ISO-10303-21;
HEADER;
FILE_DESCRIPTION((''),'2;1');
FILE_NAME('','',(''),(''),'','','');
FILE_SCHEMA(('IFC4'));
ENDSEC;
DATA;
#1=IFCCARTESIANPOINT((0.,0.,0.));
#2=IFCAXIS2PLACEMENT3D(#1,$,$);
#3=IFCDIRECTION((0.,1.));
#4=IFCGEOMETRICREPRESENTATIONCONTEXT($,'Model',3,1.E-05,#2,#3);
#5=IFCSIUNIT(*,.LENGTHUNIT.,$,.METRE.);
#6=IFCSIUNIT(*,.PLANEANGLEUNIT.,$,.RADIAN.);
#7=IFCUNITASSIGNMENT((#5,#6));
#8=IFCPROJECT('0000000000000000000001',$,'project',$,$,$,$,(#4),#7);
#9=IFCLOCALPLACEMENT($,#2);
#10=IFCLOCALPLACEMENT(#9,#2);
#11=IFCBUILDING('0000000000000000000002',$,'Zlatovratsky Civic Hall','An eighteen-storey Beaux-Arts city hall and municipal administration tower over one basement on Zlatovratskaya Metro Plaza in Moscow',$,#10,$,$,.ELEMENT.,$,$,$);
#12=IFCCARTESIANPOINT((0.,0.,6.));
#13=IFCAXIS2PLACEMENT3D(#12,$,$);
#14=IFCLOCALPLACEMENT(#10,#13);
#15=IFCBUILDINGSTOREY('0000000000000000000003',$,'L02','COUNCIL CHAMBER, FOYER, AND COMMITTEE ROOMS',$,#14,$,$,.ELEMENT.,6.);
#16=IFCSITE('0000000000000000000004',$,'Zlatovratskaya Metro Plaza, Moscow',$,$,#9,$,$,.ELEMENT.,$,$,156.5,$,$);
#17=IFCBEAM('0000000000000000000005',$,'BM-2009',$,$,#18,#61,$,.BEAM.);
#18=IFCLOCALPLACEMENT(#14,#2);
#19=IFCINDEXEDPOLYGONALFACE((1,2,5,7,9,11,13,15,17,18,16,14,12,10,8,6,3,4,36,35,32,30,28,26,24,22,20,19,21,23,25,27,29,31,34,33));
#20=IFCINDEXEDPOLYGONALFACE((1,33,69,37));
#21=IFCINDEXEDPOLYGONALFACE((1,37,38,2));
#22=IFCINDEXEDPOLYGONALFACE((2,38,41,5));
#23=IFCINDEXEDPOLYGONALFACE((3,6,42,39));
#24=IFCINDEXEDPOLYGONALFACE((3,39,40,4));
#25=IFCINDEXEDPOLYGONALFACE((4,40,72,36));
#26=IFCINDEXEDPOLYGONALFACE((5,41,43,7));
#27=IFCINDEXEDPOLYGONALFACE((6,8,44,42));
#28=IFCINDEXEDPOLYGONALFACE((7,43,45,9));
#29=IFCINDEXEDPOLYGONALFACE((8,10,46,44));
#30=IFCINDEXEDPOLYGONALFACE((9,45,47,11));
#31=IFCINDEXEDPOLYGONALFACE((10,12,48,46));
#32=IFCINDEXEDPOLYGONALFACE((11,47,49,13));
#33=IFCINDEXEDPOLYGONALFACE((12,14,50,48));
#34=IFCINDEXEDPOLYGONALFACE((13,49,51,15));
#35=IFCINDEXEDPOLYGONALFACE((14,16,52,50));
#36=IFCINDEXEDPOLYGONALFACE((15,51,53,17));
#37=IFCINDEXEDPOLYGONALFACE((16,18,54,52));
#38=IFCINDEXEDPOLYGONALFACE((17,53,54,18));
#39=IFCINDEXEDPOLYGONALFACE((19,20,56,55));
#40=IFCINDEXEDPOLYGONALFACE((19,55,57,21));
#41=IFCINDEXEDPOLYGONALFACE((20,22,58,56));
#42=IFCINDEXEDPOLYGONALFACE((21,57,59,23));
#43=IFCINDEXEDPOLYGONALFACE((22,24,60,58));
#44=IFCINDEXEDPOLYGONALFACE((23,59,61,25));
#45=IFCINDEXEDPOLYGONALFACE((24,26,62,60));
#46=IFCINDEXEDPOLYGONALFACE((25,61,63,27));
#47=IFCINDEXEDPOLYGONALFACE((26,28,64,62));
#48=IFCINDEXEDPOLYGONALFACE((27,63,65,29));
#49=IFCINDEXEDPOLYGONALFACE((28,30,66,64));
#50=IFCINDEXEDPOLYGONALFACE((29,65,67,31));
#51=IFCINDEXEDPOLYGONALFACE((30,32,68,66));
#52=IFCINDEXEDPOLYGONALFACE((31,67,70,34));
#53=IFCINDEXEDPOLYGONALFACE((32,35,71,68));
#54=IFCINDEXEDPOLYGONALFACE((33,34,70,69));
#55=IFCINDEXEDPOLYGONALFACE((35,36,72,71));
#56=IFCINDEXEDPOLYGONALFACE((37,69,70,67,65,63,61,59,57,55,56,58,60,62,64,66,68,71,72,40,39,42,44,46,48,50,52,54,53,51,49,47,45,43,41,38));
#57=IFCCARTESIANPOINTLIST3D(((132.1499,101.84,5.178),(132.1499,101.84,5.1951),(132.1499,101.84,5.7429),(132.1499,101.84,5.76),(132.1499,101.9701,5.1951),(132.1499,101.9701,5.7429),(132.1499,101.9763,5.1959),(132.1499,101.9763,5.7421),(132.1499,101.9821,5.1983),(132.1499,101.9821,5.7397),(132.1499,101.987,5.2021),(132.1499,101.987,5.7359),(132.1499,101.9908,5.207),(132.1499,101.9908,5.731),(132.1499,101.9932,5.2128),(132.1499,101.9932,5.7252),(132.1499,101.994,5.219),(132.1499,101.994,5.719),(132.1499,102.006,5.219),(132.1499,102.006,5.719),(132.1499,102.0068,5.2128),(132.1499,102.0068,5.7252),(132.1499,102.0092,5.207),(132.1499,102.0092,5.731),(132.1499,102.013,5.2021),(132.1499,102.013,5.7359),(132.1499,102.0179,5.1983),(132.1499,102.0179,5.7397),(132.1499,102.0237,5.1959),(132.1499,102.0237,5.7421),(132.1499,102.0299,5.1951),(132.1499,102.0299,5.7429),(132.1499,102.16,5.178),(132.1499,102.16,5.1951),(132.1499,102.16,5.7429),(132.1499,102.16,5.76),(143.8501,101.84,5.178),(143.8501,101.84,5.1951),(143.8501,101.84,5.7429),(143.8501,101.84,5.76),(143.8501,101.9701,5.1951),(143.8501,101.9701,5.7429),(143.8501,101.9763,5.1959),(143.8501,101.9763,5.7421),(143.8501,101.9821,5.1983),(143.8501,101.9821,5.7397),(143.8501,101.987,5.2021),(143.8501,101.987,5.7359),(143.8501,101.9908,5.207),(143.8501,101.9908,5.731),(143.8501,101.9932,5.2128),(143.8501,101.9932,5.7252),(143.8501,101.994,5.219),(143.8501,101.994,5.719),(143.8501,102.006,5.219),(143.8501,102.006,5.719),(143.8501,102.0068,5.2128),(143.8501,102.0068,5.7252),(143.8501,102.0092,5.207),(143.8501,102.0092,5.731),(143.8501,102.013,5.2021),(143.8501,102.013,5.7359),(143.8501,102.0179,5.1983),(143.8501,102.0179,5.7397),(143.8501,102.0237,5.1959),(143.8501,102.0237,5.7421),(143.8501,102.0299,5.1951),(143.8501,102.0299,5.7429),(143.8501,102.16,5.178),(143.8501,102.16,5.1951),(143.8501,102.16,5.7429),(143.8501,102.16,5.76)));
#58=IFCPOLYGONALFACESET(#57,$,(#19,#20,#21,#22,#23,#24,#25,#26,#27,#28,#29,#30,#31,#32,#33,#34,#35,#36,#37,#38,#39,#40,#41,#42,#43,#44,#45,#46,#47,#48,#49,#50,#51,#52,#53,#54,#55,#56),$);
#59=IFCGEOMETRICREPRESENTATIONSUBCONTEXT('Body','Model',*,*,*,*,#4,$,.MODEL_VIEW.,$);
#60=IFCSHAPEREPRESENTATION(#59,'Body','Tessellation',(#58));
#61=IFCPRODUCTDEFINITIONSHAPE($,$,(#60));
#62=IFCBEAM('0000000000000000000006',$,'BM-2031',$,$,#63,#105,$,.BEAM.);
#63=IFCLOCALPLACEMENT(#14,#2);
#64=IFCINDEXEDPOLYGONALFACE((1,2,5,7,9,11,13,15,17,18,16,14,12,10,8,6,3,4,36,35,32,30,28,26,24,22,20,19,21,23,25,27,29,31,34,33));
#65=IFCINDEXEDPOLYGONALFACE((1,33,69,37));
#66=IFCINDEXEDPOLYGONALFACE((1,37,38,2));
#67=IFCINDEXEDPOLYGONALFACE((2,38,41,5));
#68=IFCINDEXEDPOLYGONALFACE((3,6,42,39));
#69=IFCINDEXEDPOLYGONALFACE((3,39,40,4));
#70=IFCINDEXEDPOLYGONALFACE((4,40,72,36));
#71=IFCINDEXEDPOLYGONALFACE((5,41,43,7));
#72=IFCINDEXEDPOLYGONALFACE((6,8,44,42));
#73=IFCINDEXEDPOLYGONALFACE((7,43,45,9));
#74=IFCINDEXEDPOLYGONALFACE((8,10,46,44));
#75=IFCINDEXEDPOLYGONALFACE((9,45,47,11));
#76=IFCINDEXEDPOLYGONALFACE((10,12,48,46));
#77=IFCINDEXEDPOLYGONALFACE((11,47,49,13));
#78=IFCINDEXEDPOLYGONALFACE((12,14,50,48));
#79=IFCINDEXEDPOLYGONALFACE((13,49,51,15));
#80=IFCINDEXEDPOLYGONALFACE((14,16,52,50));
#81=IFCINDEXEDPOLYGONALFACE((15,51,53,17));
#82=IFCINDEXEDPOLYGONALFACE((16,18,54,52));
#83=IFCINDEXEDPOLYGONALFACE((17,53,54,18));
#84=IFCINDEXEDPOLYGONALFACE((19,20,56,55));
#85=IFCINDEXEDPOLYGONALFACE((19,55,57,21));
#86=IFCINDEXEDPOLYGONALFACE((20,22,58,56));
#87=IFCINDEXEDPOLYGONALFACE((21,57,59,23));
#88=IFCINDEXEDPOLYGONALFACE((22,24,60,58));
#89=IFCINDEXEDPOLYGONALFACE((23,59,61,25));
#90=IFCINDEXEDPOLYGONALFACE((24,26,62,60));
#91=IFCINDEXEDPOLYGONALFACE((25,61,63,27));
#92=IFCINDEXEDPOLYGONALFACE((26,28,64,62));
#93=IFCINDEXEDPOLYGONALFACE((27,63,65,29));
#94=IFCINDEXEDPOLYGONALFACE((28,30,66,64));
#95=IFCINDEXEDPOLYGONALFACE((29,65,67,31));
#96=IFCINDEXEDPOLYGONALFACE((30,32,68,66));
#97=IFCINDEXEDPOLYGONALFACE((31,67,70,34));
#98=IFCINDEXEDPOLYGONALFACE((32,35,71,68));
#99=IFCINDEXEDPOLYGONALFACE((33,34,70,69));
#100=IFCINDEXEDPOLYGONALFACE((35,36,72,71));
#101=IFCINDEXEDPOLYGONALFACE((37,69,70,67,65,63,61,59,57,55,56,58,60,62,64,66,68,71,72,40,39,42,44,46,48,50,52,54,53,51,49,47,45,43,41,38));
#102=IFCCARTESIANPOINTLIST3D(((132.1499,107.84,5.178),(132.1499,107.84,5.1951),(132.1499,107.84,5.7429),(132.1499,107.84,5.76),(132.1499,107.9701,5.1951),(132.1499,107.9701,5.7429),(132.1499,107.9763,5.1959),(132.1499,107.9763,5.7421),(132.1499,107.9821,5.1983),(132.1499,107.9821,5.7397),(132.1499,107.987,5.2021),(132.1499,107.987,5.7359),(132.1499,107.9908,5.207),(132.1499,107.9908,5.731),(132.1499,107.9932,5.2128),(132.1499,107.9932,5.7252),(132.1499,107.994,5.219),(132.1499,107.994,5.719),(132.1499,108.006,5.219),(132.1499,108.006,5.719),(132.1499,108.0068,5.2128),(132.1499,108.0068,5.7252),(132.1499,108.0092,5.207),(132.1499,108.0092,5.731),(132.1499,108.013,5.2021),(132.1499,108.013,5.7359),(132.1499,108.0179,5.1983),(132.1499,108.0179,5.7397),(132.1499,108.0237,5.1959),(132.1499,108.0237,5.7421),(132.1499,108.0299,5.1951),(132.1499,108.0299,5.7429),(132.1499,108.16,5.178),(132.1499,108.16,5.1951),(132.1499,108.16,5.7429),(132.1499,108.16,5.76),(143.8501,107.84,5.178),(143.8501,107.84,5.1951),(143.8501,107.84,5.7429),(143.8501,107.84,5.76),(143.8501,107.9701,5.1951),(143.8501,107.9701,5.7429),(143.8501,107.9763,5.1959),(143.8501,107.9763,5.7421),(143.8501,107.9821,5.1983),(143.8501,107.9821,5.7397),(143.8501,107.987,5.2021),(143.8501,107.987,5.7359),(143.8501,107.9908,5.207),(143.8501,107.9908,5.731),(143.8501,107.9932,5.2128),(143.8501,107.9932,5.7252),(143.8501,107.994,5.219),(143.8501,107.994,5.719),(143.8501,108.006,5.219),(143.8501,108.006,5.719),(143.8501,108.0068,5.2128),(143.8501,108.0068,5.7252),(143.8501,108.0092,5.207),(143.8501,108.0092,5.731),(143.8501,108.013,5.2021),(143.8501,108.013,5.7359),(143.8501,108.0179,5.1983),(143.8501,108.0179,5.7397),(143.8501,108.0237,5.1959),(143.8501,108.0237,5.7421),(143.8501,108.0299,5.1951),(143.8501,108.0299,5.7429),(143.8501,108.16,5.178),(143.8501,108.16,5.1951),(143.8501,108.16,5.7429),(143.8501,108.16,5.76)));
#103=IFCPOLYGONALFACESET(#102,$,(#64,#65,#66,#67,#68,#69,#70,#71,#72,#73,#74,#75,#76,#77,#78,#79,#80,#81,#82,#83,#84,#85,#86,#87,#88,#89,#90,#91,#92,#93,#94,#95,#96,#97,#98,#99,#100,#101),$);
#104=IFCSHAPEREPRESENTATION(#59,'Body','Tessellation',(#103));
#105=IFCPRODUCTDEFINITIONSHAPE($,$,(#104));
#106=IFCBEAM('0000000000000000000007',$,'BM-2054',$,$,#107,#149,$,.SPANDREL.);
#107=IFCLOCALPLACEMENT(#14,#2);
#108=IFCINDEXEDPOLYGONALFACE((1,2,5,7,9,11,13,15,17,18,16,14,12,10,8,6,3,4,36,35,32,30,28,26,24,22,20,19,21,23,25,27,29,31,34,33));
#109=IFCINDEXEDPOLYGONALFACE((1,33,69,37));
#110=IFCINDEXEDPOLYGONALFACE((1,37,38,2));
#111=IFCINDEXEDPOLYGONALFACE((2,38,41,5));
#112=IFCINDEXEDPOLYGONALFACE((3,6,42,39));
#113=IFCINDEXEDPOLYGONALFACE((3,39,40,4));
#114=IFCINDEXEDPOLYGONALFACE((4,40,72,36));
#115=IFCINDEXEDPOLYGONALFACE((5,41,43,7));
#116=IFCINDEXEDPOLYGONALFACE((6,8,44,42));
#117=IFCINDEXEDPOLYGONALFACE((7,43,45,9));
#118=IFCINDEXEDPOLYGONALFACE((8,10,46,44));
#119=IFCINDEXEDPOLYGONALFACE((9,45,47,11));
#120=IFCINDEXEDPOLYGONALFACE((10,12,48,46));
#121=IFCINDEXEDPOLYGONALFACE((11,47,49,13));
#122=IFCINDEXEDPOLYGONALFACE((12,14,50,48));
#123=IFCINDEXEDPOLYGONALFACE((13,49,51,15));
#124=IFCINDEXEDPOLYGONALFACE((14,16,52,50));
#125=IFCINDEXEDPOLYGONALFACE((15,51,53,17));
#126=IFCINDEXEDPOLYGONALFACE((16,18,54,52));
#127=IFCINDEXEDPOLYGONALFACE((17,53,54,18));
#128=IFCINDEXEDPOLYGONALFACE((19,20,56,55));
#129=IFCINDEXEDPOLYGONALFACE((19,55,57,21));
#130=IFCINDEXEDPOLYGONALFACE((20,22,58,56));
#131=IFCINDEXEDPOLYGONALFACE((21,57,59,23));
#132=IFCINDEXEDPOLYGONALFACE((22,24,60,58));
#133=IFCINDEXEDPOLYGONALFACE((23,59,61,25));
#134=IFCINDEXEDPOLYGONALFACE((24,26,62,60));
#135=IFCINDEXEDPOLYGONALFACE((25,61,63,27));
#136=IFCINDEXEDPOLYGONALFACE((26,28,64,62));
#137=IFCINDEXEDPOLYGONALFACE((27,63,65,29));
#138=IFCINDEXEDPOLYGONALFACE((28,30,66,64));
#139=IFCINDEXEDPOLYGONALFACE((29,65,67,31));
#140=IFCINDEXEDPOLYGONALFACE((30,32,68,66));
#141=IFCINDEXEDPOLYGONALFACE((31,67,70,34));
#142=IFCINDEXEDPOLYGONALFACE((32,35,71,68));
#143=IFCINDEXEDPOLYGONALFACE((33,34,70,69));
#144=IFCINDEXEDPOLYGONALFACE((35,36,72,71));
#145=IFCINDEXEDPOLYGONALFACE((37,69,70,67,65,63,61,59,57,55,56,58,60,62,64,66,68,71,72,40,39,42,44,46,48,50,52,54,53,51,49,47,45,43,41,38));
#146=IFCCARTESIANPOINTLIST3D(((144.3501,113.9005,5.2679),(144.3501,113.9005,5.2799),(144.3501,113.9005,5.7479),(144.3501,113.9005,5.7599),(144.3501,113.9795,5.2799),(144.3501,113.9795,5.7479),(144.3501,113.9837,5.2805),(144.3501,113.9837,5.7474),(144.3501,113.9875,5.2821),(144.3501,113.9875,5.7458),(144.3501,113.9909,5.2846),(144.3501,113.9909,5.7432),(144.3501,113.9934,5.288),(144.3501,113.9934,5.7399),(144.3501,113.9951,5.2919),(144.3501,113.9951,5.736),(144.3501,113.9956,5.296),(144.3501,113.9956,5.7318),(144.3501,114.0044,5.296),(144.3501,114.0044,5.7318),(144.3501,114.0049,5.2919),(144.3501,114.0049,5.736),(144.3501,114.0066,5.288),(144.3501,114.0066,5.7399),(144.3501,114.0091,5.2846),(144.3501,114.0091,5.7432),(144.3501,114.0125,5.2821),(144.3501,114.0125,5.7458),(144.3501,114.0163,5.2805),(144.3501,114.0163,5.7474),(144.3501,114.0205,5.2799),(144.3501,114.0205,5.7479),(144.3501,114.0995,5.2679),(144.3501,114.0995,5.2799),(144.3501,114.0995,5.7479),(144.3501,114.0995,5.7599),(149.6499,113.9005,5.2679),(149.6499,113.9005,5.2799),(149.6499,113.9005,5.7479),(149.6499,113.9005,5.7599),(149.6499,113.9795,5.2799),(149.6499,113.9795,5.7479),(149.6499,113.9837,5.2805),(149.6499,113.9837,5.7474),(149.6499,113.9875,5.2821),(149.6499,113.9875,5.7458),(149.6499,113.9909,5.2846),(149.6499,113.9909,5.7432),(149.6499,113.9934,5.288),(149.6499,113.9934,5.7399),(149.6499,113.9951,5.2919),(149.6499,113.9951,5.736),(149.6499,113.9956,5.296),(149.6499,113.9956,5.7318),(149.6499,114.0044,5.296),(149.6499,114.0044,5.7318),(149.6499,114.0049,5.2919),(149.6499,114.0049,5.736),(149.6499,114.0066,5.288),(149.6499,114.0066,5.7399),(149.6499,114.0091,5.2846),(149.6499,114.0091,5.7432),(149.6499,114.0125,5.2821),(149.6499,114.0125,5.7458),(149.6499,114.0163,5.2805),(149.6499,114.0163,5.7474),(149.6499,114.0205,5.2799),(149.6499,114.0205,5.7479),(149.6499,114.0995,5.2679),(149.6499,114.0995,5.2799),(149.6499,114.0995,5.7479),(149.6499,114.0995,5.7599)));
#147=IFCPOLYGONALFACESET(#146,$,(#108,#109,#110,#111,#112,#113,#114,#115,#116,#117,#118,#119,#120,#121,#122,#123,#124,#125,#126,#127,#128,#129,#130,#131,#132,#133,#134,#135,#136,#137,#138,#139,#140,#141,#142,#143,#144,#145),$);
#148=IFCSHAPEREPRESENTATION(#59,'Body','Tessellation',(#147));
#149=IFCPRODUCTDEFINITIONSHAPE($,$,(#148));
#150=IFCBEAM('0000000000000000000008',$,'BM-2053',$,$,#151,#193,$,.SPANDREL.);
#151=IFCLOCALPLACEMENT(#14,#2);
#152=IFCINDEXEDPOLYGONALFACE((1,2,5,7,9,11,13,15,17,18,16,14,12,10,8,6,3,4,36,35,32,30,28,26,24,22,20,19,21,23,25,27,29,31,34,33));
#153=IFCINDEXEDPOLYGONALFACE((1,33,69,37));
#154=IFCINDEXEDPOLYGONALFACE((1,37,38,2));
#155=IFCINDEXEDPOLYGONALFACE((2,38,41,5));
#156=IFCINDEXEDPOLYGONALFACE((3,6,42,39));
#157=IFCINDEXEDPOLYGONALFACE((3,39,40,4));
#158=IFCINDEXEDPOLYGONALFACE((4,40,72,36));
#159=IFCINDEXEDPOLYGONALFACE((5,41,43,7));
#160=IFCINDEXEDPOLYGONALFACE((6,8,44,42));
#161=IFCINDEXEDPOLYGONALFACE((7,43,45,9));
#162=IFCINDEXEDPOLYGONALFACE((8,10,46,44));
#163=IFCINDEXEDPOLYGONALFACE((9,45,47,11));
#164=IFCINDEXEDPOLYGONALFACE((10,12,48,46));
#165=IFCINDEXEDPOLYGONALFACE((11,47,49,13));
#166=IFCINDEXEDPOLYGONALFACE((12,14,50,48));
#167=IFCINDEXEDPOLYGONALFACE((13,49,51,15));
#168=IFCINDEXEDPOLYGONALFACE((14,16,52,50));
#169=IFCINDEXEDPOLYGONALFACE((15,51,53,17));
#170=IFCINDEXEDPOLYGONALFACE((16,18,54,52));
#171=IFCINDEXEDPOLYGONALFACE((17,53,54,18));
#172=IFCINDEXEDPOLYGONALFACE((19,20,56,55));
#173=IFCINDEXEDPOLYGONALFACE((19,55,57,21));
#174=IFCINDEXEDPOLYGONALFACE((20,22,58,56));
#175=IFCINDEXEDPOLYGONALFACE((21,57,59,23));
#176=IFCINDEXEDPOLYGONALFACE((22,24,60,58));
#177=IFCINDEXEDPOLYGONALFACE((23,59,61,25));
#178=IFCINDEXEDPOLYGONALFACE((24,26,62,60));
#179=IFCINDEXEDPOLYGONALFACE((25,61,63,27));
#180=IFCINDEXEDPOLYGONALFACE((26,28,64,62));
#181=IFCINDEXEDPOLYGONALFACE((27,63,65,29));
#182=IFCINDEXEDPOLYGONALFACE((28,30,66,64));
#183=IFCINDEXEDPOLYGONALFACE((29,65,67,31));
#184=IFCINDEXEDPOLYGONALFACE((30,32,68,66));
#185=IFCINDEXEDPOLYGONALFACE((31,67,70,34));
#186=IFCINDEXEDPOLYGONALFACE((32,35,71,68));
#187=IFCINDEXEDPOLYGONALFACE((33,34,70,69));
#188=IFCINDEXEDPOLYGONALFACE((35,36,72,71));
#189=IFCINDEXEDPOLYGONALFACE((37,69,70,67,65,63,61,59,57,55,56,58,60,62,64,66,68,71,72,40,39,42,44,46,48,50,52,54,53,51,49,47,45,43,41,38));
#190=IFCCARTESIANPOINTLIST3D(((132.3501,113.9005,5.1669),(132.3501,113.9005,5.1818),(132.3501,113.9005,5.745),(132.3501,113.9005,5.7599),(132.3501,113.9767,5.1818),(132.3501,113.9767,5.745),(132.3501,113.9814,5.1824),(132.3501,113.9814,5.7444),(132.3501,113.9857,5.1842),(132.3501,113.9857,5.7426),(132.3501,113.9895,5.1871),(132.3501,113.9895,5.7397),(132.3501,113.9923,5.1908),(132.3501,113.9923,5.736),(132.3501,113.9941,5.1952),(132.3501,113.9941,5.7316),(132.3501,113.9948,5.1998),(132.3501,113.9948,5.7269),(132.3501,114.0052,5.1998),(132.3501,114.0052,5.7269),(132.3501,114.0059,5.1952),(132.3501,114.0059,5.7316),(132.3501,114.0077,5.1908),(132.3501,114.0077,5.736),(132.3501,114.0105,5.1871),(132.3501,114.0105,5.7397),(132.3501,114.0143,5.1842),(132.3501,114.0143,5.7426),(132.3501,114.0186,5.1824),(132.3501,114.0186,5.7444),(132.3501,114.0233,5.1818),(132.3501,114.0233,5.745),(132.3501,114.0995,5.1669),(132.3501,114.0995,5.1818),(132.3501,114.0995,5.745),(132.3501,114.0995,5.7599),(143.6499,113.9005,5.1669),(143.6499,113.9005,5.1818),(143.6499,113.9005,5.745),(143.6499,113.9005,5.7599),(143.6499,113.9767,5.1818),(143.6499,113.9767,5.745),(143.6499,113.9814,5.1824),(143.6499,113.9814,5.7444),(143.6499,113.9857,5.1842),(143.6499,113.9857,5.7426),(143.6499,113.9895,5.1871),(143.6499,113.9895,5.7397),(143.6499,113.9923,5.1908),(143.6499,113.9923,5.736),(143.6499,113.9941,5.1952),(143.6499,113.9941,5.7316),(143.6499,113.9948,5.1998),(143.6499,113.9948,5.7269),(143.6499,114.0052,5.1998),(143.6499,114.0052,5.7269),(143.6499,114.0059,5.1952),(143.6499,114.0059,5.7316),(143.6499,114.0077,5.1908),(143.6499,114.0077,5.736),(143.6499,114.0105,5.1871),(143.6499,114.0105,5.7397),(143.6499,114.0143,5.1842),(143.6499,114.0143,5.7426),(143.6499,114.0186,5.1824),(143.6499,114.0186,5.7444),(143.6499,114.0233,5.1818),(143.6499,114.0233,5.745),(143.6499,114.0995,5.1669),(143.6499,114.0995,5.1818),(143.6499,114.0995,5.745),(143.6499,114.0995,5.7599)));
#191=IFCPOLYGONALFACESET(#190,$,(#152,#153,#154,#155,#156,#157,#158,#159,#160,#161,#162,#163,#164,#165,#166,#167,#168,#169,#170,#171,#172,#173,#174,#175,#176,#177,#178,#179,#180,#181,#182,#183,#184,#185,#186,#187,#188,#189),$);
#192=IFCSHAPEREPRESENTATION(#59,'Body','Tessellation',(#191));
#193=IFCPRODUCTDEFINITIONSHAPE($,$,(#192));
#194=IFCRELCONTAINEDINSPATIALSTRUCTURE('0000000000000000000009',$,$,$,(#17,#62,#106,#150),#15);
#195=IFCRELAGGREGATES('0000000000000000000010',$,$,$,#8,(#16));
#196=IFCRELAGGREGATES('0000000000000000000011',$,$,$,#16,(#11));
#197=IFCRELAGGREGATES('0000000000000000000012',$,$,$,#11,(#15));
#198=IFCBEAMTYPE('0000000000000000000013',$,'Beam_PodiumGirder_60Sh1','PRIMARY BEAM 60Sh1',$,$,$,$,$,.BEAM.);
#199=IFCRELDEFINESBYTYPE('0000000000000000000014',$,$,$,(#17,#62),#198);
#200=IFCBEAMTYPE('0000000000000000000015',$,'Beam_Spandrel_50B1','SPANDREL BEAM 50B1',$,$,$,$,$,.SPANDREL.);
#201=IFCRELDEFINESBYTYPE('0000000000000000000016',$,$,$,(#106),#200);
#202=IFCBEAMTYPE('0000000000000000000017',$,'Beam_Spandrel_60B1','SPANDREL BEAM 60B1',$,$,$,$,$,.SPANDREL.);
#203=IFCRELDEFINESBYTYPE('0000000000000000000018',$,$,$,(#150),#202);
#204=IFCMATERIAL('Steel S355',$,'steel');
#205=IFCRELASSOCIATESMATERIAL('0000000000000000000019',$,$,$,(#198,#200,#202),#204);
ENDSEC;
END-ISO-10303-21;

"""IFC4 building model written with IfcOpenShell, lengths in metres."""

from ifc_helpers import new_model, si_unit, direction, frame, origin, origin_2d, place, context, subcontext, project, spatial, i_section, extrude, material, material_profile, profile_set, type_object, element, save


model = new_model("IFC4")

# Units and contexts
model_context = context("Model", 3, precision=1e-05, world=origin(), true_north=direction((0.0, 1.0)))
body_context = subcontext(model_context, "Body", "Model", "MODEL_VIEW")
ifc_project = project(units=[si_unit("LENGTHUNIT", "METRE"), si_unit("PLANEANGLEUNIT", "RADIAN")], contexts=[model_context])

# Site, building, storey
site_placement = place(None, origin())
site = spatial("IfcSite", under=ifc_project, at=site_placement, Name="Zlatovratskaya Metro Plaza, Moscow", CompositionType="ELEMENT", RefElevation=156.5)
building_placement = place(site_placement, origin())
building = spatial("IfcBuilding", under=site, at=building_placement, Name="Zlatovratsky Civic Hall", Description="An eighteen-storey Beaux-Arts city hall and municipal administration tower over one basement on Zlatovratskaya Metro Plaza in Moscow", CompositionType="ELEMENT")
storey_placement = place(building_placement, frame((0.0, 0.0, 6.0)))
storey = spatial("IfcBuildingStorey", under=building, at=storey_placement, Name="L02", Description="COUNCIL CHAMBER, FOYER, AND COMMITTEE ROOMS", CompositionType="ELEMENT", Elevation=6.0)

# Shared definitions
ifc_material_1 = material(Name="Steel S355", Category="steel")

# Beams
ifc_material_profile_1 = material_profile(ifc_material_1, i_section(OverallWidth=0.3201, OverallDepth=0.582, WebThickness=0.012, FlangeThickness=0.0171, FilletRadius=0.0239, at=origin_2d()), Name="60Sh1")
ifc_profile_set_1 = profile_set([ifc_material_profile_1], Name="Steel S355")
beam_type_1 = type_object("IfcBeamType", Name="Beam_PodiumGirder_60Sh1", Description="PRIMARY BEAM 60Sh1", PredefinedType="BEAM", material=ifc_profile_set_1)
for number, where, z_axis, x_axis, name in (
    (1, (132.1499, 102.0, 5.469), (1.0, 0.0, 0.0), (0.0, 1.0, 0.0), "BM-2009"),
    (2, (132.1499, 108.0, 5.469), (1.0, 0.0, 0.0), (0.0, 1.0, 0.0), "BM-2031"),
):
    element("IfcBeam", number, at=place(storey_placement, frame(where, z_axis=z_axis, x_axis=x_axis)), inside=storey, type_object=beam_type_1, Name=name, PredefinedType="BEAM", context=body_context, shape_type="SweptSolid", body=[
        extrude(i_section(OverallWidth=0.3201, OverallDepth=0.582, WebThickness=0.012, FlangeThickness=0.0171, FilletRadius=0.0239, at=origin_2d()), origin(), (0.0, 0.0, 1.0), 11.7002),
    ])
ifc_material_profile_2 = material_profile(ifc_material_1, i_section(OverallWidth=0.199, OverallDepth=0.4919, WebThickness=0.0088, FlangeThickness=0.012, FilletRadius=0.0161, at=origin_2d()), Name="50B1")
ifc_profile_set_2 = profile_set([ifc_material_profile_2], Name="Steel S355")
beam_type_2 = type_object("IfcBeamType", Name="Beam_Spandrel_50B1", Description="SPANDREL BEAM 50B1", PredefinedType="SPANDREL", material=ifc_profile_set_2)
beam_1_placement = place(storey_placement, frame((144.3501, 114.0, 5.5139), z_axis=(1.0, 0.0, 0.0), x_axis=(0.0, 1.0, 0.0)))
element("IfcBeam", 3, at=beam_1_placement, inside=storey, type_object=beam_type_2, Name="BM-2054", PredefinedType="SPANDREL", context=body_context, shape_type="SweptSolid", body=[
    extrude(i_section(OverallWidth=0.199, OverallDepth=0.4919, WebThickness=0.0088, FlangeThickness=0.012, FilletRadius=0.0161, at=origin_2d()), origin(), (0.0, 0.0, 1.0), 5.2998),
])
ifc_material_profile_3 = material_profile(ifc_material_1, i_section(OverallWidth=0.199, OverallDepth=0.593, WebThickness=0.0105, FlangeThickness=0.0149, FilletRadius=0.0181, at=origin_2d()), Name="60B1")
ifc_profile_set_3 = profile_set([ifc_material_profile_3], Name="Steel S355")
beam_type_3 = type_object("IfcBeamType", Name="Beam_Spandrel_60B1", Description="SPANDREL BEAM 60B1", PredefinedType="SPANDREL", material=ifc_profile_set_3)
beam_2_placement = place(storey_placement, frame((132.3501, 114.0, 5.4634), z_axis=(1.0, 0.0, 0.0), x_axis=(0.0, 1.0, 0.0)))
element("IfcBeam", 4, at=beam_2_placement, inside=storey, type_object=beam_type_3, Name="BM-2053", PredefinedType="SPANDREL", context=body_context, shape_type="SweptSolid", body=[
    extrude(i_section(OverallWidth=0.199, OverallDepth=0.593, WebThickness=0.0105, FlangeThickness=0.0149, FilletRadius=0.0181, at=origin_2d()), origin(), (0.0, 0.0, 1.0), 11.2998),
])

save(model, "model.ifc")
